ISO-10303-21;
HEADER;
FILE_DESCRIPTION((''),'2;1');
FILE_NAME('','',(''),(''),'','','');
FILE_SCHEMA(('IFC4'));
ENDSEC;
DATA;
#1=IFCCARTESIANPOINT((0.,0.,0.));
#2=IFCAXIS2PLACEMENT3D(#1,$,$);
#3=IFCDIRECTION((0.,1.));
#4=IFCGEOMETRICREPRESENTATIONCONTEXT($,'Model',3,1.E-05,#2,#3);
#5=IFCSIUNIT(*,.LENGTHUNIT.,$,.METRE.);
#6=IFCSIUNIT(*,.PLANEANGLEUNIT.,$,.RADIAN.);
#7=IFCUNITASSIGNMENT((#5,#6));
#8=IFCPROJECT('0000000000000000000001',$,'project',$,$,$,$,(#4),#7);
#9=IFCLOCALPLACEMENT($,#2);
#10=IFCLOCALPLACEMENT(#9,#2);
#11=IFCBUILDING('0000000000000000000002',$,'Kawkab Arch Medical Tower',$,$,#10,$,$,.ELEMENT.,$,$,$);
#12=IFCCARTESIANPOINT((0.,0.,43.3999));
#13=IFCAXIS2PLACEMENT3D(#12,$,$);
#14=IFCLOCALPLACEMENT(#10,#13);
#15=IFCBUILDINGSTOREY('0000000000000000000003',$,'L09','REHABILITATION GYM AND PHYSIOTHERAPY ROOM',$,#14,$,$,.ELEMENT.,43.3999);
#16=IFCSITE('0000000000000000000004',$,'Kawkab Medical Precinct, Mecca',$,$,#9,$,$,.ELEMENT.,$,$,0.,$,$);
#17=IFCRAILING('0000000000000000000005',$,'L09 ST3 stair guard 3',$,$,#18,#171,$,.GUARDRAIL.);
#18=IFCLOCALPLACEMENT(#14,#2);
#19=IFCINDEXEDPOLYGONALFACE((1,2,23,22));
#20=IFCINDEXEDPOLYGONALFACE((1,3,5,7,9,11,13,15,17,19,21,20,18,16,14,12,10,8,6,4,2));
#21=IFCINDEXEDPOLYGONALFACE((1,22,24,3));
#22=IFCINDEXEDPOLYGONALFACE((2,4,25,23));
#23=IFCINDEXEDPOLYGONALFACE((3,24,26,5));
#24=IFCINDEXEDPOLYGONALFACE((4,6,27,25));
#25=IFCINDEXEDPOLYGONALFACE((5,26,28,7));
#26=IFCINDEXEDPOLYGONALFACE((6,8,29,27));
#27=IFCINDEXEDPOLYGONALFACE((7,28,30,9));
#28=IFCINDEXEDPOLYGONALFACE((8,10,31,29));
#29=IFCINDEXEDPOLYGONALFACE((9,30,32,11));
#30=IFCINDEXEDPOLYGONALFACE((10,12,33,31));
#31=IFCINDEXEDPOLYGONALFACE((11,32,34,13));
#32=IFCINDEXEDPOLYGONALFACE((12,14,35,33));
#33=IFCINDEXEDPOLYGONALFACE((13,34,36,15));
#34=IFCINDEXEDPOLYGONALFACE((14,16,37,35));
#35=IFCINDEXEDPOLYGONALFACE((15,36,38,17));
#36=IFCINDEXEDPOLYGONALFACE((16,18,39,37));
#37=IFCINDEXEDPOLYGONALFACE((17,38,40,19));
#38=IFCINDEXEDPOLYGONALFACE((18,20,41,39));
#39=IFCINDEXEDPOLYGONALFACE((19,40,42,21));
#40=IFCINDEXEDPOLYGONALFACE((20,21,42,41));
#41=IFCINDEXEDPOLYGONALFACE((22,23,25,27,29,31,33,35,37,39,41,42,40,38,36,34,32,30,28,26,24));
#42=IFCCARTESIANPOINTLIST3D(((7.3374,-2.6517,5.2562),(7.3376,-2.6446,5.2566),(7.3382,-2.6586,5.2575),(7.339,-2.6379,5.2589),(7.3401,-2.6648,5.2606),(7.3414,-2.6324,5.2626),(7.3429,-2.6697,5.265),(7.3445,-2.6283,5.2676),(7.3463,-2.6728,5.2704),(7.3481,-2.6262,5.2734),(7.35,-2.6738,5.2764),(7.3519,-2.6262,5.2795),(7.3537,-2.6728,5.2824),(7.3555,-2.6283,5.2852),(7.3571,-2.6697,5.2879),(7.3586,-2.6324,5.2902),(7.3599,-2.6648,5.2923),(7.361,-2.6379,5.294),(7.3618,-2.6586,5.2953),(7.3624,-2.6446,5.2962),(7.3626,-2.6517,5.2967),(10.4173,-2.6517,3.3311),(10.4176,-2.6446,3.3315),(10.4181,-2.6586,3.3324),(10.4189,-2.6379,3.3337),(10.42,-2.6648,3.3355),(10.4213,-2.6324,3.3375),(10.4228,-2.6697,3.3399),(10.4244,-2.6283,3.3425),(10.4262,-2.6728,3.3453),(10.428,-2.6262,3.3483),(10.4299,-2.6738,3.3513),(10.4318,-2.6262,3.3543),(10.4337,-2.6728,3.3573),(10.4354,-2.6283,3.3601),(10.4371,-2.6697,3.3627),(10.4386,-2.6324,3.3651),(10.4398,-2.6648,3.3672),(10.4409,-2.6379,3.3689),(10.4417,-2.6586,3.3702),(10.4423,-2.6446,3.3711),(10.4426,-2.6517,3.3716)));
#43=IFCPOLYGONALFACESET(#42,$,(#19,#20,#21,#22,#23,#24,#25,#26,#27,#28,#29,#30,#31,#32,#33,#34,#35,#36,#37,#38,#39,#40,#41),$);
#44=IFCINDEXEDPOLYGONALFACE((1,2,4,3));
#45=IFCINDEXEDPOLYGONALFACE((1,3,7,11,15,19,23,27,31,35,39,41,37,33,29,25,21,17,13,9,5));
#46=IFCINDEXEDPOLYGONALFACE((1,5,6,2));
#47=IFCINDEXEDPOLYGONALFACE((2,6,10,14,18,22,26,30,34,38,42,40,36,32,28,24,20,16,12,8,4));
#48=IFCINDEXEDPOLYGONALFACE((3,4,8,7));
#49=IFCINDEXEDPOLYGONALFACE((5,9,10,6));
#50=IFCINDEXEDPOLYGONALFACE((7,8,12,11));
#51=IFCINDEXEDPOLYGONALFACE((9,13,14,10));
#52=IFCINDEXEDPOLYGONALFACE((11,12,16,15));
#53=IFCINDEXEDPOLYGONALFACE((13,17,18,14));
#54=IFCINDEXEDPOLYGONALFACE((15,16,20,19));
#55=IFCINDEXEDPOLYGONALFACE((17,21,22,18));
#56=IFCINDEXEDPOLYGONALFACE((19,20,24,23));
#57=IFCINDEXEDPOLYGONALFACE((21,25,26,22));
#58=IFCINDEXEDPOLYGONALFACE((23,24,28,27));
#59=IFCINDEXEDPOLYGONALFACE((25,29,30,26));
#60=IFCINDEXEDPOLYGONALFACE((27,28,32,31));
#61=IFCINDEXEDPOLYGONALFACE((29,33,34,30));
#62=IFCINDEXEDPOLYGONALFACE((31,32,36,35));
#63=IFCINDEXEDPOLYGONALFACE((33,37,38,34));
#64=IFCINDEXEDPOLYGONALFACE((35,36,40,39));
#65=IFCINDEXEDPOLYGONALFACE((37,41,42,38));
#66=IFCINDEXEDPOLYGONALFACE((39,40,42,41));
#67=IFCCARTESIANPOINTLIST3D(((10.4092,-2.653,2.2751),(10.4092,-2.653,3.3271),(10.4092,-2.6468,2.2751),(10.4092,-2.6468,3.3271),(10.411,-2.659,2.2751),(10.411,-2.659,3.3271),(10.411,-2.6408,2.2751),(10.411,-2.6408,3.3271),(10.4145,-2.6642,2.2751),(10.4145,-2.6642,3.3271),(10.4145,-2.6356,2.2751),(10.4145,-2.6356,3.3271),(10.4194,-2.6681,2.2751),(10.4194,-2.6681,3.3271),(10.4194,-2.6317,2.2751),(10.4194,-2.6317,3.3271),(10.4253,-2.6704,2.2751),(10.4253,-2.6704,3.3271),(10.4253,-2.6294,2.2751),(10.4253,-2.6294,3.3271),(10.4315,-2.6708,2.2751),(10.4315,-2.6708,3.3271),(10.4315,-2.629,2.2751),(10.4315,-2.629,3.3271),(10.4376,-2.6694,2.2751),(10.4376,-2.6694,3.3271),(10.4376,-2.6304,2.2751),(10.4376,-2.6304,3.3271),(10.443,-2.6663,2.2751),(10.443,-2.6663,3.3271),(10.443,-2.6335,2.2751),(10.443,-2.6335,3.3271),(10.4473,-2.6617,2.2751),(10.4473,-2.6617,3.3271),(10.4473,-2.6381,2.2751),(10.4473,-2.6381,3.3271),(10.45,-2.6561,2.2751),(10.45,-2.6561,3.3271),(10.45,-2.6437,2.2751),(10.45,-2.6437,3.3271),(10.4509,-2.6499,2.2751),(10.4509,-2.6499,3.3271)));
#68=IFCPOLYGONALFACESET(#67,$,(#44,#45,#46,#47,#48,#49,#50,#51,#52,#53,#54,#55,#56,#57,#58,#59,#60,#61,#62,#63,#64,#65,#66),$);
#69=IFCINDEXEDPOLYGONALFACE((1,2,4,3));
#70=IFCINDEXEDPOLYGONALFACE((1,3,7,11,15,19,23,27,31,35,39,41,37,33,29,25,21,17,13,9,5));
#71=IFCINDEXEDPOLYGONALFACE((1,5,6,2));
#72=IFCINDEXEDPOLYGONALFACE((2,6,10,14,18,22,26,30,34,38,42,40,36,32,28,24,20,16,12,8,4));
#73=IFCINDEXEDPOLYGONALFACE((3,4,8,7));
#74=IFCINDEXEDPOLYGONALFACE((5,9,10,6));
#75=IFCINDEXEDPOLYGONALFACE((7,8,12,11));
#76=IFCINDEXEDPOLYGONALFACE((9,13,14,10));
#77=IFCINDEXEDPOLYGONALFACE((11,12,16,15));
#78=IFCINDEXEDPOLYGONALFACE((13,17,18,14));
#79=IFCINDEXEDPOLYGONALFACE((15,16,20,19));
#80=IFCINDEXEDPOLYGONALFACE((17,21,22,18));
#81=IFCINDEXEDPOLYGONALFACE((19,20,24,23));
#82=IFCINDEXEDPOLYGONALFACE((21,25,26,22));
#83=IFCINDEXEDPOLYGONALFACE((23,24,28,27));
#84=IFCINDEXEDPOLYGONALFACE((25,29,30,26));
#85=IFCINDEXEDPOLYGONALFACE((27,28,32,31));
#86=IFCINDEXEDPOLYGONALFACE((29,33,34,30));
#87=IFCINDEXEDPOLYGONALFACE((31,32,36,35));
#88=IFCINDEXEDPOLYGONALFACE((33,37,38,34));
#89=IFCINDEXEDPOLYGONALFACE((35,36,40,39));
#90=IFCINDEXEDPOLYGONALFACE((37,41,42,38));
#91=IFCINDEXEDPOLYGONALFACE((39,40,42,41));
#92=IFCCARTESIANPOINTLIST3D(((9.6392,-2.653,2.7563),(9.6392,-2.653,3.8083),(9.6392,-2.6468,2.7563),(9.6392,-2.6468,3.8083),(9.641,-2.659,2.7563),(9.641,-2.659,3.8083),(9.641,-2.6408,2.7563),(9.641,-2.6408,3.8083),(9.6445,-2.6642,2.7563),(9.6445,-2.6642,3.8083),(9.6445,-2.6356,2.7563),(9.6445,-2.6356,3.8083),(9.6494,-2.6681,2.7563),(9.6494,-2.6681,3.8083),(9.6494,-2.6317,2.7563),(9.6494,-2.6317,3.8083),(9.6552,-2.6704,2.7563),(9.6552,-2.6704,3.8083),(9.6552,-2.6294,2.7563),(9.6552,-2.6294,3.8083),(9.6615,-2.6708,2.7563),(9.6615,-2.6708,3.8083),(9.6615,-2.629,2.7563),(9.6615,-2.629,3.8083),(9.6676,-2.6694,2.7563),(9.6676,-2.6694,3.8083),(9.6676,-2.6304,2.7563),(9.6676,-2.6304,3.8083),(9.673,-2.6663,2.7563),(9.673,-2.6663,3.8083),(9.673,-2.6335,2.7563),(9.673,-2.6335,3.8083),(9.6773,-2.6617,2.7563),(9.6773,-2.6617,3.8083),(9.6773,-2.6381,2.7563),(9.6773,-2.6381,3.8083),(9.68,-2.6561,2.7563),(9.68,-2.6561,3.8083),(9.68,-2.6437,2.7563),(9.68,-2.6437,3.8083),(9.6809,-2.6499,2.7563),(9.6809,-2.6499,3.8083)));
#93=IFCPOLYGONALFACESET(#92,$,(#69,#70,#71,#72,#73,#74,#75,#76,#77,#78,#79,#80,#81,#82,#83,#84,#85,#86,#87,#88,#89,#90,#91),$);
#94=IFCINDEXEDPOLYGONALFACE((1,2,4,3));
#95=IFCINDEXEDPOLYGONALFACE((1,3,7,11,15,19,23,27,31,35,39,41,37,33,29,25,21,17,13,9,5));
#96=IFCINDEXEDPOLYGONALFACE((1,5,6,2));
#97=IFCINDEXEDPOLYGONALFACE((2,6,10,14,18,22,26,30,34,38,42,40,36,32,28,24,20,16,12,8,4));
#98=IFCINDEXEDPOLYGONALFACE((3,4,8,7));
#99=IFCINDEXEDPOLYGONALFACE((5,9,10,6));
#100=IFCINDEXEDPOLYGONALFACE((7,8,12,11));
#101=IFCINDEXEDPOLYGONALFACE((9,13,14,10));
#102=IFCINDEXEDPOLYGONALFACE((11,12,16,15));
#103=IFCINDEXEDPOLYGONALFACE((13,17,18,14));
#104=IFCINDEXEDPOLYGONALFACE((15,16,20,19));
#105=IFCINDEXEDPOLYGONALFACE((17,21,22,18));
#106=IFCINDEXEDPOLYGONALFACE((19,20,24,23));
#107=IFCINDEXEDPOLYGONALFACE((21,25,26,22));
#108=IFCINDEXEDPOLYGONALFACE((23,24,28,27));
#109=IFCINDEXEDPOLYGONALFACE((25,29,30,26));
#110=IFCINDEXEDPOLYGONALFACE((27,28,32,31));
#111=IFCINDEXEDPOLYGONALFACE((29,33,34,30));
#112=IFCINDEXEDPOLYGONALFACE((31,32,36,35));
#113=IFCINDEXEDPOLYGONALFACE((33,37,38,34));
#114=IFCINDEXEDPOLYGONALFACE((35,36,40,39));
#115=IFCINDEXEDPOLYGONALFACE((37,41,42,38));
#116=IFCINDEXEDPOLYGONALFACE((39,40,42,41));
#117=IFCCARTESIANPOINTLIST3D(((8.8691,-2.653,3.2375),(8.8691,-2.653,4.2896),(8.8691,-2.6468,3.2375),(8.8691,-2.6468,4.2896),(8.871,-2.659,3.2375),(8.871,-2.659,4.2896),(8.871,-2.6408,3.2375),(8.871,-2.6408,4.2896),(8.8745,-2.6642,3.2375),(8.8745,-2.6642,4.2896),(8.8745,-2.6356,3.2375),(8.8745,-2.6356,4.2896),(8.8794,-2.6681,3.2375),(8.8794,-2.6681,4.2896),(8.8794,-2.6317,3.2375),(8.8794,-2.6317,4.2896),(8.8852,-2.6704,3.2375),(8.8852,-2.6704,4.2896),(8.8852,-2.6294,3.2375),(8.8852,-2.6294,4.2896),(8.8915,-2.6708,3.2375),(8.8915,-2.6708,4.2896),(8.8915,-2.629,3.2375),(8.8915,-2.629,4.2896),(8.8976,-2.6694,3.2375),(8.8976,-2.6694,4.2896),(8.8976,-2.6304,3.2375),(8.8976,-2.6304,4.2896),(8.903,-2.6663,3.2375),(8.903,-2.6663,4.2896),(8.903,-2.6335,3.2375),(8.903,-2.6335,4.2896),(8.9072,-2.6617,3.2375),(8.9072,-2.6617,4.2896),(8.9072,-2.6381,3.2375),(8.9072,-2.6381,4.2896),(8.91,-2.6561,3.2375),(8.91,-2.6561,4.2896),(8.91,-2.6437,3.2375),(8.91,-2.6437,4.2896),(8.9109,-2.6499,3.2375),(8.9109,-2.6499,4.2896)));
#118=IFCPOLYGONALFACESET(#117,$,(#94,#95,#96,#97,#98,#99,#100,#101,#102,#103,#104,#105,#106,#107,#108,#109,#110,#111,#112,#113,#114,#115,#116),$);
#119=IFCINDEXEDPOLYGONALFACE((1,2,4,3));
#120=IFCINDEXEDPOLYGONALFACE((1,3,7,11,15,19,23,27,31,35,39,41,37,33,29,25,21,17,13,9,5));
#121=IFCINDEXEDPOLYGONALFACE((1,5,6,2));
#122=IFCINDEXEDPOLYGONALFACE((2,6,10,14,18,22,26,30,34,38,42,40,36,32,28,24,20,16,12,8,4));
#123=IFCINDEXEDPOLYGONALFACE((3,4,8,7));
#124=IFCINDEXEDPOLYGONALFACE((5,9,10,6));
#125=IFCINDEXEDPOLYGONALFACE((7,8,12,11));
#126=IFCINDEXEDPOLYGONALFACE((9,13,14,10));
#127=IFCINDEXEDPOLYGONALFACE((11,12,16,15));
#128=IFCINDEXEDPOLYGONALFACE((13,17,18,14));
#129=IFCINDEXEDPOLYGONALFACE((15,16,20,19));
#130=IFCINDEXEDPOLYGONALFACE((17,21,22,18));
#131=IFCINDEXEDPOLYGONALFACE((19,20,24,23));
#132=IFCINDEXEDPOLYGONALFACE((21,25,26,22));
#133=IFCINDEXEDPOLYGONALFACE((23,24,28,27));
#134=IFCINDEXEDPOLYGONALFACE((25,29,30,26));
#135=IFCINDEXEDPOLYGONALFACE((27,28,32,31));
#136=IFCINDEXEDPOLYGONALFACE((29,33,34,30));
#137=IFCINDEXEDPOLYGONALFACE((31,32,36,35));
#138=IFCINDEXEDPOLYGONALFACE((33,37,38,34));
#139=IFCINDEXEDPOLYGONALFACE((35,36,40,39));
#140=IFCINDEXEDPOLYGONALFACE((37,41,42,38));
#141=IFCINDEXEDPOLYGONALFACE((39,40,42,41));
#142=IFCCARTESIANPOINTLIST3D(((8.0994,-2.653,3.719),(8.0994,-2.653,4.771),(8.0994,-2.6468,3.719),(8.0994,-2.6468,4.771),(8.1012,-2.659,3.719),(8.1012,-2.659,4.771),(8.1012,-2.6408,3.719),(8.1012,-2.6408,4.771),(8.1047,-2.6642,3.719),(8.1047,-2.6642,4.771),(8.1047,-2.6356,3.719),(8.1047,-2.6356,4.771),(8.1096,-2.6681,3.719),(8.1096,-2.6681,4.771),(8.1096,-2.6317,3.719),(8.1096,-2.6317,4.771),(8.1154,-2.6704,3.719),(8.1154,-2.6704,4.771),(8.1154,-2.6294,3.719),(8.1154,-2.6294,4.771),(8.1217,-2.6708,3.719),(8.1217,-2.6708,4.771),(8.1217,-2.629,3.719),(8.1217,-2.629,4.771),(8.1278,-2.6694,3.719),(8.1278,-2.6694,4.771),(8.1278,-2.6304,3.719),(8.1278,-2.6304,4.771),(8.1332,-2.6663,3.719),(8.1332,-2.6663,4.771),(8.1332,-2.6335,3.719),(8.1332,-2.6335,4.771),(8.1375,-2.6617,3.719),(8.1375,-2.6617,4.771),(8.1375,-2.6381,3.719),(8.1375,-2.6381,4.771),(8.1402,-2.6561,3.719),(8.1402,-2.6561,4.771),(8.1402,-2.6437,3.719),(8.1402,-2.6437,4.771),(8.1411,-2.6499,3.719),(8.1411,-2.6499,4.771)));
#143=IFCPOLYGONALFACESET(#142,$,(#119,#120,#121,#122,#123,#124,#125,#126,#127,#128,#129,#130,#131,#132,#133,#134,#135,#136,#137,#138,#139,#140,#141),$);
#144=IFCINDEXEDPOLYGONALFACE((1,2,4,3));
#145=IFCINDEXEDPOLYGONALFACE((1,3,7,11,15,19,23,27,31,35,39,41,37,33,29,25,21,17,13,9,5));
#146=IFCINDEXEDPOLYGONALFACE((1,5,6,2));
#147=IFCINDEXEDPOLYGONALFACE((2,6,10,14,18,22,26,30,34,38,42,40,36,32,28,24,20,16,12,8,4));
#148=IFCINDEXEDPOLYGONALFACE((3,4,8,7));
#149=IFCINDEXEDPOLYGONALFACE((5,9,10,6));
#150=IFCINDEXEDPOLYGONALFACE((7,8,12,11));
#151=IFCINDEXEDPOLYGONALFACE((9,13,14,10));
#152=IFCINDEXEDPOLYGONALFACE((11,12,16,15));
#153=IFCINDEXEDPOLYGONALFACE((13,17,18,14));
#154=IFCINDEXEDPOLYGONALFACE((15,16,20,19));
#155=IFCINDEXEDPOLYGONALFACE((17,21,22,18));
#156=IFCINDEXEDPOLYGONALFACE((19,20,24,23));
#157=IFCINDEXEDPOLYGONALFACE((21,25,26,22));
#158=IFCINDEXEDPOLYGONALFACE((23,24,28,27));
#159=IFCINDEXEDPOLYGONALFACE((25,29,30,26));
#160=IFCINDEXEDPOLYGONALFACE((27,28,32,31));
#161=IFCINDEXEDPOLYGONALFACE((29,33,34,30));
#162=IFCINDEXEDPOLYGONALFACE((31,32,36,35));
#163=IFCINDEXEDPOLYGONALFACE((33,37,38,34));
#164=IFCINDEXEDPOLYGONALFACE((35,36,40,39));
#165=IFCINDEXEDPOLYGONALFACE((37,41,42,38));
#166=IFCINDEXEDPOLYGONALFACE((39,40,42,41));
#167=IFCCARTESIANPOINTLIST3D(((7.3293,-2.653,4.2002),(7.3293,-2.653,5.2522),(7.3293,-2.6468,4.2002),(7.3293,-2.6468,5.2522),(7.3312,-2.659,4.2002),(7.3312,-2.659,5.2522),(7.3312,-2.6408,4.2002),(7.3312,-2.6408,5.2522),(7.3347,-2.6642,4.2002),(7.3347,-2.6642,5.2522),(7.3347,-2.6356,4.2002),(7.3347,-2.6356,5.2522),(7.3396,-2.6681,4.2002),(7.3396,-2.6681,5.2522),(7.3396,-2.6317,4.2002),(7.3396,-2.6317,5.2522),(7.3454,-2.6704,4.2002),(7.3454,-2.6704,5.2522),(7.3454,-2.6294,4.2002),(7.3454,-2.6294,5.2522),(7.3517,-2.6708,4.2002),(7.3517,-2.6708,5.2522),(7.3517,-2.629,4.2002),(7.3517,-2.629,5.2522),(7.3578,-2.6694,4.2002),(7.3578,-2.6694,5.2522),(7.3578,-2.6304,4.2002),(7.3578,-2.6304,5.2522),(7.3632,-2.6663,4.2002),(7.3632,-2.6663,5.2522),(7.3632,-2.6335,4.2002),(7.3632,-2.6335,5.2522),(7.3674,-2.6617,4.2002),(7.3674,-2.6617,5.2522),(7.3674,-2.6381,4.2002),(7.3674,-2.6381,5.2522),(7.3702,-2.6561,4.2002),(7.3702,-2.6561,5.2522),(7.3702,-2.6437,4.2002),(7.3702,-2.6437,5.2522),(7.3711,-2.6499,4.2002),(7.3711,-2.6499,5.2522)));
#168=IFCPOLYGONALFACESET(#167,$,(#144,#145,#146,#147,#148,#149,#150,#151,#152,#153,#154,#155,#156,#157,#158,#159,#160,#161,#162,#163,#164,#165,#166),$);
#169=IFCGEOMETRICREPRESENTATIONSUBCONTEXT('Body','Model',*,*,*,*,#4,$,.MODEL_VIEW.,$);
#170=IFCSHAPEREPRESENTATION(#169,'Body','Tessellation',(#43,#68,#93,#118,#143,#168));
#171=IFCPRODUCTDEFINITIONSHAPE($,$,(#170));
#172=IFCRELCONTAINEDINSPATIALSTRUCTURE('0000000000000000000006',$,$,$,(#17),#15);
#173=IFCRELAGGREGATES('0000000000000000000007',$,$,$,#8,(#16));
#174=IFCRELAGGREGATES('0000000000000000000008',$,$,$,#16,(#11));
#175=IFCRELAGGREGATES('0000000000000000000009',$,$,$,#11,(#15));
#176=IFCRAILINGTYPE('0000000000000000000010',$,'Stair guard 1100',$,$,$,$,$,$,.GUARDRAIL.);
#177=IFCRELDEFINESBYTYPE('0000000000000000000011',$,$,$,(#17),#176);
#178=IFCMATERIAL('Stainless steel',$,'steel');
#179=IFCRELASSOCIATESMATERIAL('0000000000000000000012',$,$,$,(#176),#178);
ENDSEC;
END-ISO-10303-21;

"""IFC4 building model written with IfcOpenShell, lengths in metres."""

from ifc_helpers import new_model, si_unit, direction, frame, origin, origin_2d, place, context, subcontext, project, spatial, circle, extrude, material, type_object, element, save


model = new_model("IFC4")

# Units and contexts
model_context = context("Model", 3, precision=1e-05, world=origin(), true_north=direction((0.0, 1.0)))
body_context = subcontext(model_context, "Body", "Model", "MODEL_VIEW")
ifc_project = project(units=[si_unit("LENGTHUNIT", "METRE"), si_unit("PLANEANGLEUNIT", "RADIAN")], contexts=[model_context])

# Site, building, storey
site_placement = place(None, origin())
site = spatial("IfcSite", under=ifc_project, at=site_placement, Name="Kawkab Medical Precinct, Mecca", CompositionType="ELEMENT", RefElevation=0.0)
building_placement = place(site_placement, origin())
building = spatial("IfcBuilding", under=site, at=building_placement, Name="Kawkab Arch Medical Tower", CompositionType="ELEMENT")
storey_placement = place(building_placement, frame((0.0, 0.0, 43.3999)))
storey = spatial("IfcBuildingStorey", under=building, at=storey_placement, Name="L09", Description="REHABILITATION GYM AND PHYSIOTHERAPY ROOM", CompositionType="ELEMENT", Elevation=43.3999)

# Railing
ifc_material_1 = material(Name="Stainless steel", Category="steel")
railing_type_1 = type_object("IfcRailingType", Name="Stair guard 1100", PredefinedType="GUARDRAIL", material=ifc_material_1)
railing_1_placement = place(storey_placement, frame((10.4299, -2.6499, 2.2751)))
element("IfcRailing", 1, at=railing_1_placement, inside=storey, type_object=railing_type_1, Name="L09 ST3 stair guard 3", PredefinedType="GUARDRAIL", context=body_context, shape_type="SweptSolid", body=[
    extrude(circle(Radius=0.0239, at=origin_2d()), frame((0.0, 0.0, 1.0762), z_axis=(-0.847979, 0.0, 0.530029), x_axis=(0.0, -1.0, 0.0)), (0.0, 0.0, 1.0), 3.6321),
    extrude(circle(Radius=0.021, at=origin_2d()), origin(), (0.0, 0.0, 1.0), 1.052),
    extrude(circle(Radius=0.021, at=origin_2d()), frame((-0.77, 0.0, 0.4812)), (0.0, 0.0, 1.0), 1.052),
    extrude(circle(Radius=0.021, at=origin_2d()), frame((-1.54, 0.0, 0.9624)), (0.0, 0.0, 1.0), 1.052),
    extrude(circle(Radius=0.021, at=origin_2d()), frame((-2.3098, 0.0, 1.4438)), (0.0, 0.0, 1.0), 1.052),
    extrude(circle(Radius=0.021, at=origin_2d()), frame((-3.0798, 0.0, 1.925)), (0.0, 0.0, 1.0), 1.052),
])

save(model, "model.ifc")
